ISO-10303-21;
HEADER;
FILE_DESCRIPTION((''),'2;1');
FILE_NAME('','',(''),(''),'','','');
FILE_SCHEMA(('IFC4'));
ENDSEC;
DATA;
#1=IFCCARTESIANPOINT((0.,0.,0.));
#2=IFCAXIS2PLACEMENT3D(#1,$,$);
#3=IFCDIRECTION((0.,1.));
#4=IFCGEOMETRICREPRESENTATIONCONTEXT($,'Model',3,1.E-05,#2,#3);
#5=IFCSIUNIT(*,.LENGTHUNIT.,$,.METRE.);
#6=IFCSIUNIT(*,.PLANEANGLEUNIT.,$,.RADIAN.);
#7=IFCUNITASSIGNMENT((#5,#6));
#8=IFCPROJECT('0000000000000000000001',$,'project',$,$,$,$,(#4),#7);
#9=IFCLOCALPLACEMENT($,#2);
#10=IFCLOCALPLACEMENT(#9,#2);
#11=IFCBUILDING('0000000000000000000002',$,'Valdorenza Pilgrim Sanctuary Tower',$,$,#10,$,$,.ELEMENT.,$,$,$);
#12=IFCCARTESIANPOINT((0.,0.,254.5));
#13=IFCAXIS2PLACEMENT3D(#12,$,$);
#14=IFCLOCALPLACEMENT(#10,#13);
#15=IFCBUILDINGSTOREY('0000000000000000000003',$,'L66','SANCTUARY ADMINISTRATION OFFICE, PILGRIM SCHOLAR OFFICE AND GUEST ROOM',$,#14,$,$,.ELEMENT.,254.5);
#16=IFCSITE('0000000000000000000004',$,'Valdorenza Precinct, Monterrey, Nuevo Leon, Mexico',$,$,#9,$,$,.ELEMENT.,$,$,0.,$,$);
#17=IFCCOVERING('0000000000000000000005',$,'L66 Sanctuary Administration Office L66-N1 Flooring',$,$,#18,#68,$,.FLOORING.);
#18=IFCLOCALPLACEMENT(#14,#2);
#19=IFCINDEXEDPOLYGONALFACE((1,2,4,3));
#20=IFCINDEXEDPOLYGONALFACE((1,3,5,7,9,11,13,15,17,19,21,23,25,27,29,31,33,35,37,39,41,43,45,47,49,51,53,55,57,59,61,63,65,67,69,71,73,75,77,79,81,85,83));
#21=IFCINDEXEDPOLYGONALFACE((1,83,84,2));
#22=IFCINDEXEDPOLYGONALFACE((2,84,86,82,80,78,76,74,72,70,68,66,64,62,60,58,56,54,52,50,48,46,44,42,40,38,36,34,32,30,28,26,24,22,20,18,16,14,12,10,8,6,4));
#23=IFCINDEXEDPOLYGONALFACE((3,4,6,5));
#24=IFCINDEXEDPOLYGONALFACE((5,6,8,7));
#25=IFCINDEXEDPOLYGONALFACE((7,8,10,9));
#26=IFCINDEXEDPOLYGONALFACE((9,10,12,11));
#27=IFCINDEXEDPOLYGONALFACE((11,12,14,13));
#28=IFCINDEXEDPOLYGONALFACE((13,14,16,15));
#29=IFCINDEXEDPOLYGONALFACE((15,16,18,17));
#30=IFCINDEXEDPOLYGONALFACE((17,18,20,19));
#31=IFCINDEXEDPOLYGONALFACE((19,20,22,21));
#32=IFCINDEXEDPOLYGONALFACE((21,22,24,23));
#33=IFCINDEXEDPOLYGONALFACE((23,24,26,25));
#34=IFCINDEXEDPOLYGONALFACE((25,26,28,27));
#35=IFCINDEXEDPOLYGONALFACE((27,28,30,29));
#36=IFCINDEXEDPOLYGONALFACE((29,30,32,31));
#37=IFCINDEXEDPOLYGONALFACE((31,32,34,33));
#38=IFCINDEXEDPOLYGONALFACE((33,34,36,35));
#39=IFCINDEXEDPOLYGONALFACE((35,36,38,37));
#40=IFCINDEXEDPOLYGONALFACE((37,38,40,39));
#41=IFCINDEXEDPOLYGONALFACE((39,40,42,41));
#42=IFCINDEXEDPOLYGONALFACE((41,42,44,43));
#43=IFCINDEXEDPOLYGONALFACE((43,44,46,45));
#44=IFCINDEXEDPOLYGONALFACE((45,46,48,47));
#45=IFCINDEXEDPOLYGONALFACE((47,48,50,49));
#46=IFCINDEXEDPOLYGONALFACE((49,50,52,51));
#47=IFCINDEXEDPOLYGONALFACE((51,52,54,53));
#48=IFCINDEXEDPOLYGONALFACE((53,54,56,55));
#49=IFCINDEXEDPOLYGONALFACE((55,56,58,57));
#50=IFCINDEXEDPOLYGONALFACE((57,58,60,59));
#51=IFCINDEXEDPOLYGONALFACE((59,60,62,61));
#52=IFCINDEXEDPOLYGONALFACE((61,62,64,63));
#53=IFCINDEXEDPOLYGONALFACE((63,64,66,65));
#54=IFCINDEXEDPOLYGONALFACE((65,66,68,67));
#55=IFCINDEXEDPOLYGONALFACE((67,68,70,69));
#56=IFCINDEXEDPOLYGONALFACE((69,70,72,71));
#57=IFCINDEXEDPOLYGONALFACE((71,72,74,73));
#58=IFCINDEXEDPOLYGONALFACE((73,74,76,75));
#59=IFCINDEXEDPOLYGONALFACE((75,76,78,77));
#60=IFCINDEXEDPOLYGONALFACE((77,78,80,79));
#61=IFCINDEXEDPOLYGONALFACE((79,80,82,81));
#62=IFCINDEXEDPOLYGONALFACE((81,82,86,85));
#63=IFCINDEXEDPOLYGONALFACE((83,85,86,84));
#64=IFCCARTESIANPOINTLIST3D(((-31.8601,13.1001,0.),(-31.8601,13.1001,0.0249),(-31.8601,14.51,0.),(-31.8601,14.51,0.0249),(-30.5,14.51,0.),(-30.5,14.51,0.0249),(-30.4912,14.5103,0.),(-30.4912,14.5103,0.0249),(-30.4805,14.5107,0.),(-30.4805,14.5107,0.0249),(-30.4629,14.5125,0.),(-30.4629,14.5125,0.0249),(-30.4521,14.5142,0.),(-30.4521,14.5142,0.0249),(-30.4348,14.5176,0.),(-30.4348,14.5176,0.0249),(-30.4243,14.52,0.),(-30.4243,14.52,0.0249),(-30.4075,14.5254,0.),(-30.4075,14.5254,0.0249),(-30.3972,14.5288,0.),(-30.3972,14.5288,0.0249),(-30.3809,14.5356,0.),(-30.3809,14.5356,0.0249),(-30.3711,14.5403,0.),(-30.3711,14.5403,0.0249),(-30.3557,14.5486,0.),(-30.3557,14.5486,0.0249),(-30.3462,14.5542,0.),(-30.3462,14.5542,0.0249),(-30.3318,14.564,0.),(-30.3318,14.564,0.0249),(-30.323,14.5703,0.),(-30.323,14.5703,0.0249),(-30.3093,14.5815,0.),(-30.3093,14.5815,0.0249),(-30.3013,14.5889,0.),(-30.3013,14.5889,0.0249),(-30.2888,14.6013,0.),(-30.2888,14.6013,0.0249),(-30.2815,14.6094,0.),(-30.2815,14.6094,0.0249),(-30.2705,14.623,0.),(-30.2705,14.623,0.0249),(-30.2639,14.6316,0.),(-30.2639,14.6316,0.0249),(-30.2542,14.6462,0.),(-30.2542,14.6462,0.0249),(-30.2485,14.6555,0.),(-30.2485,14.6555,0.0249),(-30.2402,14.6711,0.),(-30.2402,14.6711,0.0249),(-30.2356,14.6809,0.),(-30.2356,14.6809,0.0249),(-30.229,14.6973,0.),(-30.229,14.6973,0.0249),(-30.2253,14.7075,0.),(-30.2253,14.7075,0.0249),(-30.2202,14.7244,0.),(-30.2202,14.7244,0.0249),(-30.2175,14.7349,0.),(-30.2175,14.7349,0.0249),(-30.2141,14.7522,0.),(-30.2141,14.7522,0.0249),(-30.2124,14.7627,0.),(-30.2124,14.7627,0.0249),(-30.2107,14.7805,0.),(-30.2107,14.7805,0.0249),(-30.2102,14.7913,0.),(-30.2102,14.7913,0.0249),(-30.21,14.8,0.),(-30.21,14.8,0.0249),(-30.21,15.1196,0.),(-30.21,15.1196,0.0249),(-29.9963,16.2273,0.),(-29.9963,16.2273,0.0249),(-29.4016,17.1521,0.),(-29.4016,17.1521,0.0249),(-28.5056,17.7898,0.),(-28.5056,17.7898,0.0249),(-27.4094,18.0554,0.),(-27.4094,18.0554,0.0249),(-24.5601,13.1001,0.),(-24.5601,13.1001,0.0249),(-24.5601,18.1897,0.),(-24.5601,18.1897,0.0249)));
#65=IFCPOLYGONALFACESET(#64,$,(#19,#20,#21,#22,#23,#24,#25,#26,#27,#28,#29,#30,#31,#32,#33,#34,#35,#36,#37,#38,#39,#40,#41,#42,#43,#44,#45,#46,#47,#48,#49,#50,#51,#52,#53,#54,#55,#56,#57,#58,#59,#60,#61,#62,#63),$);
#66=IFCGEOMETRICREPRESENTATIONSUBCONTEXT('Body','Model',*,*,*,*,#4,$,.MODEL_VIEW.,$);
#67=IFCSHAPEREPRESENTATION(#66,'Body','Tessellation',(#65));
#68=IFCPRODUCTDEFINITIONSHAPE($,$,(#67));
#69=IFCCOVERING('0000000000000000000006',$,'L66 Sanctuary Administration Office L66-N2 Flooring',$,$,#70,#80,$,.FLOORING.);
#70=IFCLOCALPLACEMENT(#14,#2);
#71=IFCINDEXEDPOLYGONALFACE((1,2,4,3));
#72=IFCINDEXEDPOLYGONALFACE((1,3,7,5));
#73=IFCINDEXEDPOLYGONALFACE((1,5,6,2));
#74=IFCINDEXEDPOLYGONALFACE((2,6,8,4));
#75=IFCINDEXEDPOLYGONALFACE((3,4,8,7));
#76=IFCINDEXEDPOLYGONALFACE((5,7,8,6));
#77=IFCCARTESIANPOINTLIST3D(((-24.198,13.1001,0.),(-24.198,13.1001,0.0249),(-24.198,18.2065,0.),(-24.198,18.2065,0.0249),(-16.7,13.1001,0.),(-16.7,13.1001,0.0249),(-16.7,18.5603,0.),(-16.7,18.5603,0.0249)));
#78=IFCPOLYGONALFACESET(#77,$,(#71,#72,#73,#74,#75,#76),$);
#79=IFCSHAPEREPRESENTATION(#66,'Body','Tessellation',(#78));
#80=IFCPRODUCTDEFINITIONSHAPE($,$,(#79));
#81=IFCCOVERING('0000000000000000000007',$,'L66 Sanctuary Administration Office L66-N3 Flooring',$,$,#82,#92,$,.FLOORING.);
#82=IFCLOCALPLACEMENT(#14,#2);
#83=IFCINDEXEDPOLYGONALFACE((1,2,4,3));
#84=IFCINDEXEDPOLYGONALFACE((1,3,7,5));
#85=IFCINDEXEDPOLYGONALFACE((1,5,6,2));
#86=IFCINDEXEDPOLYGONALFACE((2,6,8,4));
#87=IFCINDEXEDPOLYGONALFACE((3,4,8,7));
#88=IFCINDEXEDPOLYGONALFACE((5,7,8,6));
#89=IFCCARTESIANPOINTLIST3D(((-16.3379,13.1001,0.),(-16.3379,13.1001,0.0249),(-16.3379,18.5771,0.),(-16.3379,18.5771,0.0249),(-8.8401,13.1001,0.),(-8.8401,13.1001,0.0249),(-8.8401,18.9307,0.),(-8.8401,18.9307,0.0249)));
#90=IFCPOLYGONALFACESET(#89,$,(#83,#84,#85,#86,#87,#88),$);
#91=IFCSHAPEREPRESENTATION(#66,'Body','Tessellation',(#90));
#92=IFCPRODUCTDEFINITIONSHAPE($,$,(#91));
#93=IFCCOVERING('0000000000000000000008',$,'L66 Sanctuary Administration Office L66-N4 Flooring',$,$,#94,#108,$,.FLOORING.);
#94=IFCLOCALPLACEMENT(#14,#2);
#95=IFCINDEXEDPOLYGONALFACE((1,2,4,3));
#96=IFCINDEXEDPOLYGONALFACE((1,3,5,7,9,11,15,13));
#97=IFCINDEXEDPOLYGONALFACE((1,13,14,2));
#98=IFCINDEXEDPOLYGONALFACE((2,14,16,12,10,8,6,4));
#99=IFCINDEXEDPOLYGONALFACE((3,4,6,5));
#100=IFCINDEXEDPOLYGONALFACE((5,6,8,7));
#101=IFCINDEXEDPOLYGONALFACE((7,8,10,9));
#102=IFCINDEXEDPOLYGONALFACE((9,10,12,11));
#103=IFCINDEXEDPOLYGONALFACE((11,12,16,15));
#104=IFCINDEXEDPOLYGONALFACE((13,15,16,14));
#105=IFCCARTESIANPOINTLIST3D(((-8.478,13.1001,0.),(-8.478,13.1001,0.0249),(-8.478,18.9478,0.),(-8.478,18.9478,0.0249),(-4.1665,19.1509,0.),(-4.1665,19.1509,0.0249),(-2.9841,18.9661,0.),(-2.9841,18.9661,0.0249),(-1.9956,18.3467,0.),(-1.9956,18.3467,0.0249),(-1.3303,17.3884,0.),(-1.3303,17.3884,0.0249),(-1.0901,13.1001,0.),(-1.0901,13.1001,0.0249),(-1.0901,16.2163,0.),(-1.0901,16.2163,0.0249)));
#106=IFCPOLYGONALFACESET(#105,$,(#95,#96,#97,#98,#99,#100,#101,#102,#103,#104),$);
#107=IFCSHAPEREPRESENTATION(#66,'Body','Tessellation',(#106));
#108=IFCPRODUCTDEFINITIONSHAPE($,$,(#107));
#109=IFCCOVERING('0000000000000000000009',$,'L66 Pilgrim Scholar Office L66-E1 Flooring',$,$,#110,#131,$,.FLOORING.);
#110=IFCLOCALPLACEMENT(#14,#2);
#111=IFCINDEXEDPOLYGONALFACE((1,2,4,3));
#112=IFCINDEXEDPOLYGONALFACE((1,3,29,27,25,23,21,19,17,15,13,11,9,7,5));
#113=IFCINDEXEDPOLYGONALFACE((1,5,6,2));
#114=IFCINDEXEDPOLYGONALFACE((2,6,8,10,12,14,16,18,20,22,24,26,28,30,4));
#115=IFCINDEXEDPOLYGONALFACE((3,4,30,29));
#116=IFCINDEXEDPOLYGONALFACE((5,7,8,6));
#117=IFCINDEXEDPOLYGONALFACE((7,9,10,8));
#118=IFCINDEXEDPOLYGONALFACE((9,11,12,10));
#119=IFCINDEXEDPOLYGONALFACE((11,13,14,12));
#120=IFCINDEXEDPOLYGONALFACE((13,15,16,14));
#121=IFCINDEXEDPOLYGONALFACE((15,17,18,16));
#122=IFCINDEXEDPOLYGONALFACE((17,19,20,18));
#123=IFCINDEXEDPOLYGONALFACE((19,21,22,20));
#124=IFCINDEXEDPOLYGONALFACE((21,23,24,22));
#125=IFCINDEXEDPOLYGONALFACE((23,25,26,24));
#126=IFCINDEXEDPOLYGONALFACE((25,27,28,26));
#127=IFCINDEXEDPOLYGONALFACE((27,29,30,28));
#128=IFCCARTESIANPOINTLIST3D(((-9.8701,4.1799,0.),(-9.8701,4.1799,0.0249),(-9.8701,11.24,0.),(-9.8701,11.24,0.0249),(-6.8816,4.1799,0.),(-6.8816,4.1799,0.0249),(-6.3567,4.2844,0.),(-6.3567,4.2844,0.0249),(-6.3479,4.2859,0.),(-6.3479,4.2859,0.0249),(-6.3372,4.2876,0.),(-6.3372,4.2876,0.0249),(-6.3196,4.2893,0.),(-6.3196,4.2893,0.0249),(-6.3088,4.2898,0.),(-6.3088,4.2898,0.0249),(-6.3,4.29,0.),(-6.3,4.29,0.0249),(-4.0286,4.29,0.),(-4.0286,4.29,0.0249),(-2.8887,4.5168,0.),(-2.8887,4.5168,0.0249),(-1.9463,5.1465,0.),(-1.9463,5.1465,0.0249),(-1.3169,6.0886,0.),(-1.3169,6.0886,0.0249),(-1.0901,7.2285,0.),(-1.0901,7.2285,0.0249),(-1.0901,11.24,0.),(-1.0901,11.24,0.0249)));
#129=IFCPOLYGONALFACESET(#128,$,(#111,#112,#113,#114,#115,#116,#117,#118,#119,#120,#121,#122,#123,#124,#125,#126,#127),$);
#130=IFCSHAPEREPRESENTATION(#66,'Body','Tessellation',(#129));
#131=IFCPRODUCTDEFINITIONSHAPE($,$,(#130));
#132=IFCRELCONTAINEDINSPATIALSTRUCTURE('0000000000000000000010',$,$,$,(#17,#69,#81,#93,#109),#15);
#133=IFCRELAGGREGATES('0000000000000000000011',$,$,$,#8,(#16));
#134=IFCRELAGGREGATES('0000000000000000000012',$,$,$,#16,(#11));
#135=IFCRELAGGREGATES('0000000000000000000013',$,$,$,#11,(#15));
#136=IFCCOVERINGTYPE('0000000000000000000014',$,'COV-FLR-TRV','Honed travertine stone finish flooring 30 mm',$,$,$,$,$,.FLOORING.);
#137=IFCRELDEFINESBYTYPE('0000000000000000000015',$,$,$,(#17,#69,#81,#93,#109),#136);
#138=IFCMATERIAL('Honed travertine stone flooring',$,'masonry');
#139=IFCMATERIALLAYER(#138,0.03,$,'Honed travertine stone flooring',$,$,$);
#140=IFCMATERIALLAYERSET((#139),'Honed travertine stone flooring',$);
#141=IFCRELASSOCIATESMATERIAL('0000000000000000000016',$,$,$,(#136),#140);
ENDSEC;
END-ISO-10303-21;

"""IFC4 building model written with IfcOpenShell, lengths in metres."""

from ifc_helpers import new_model, si_unit, direction, frame, origin, place, context, subcontext, project, spatial, polyline, outline, extrude, material, layer, layer_set, type_object, element, save


model = new_model("IFC4")

# Units and contexts
model_context = context("Model", 3, precision=1e-05, world=origin(), true_north=direction((0.0, 1.0)))
body_context = subcontext(model_context, "Body", "Model", "MODEL_VIEW")
ifc_project = project(units=[si_unit("LENGTHUNIT", "METRE"), si_unit("PLANEANGLEUNIT", "RADIAN")], contexts=[model_context])

# Site, building, storey
site_placement = place(None, origin())
site = spatial("IfcSite", under=ifc_project, at=site_placement, Name="Valdorenza Precinct, Monterrey, Nuevo Leon, Mexico", CompositionType="ELEMENT", RefElevation=0.0)
building_placement = place(site_placement, origin())
building = spatial("IfcBuilding", under=site, at=building_placement, Name="Valdorenza Pilgrim Sanctuary Tower", CompositionType="ELEMENT")
storey_placement = place(building_placement, frame((0.0, 0.0, 254.5)))
storey = spatial("IfcBuildingStorey", under=building, at=storey_placement, Name="L66", Description="SANCTUARY ADMINISTRATION OFFICE, PILGRIM SCHOLAR OFFICE AND GUEST ROOM", CompositionType="ELEMENT", Elevation=254.5)

# Coverings
ifc_material_1 = material(Name="Honed travertine stone flooring", Category="masonry")
ifc_layer_1 = layer(ifc_material_1, 0.03, Name="Honed travertine stone flooring")
ifc_layer_set_1 = layer_set([ifc_layer_1], Name="Honed travertine stone flooring")
covering_type_1 = type_object("IfcCoveringType", Name="COV-FLR-TRV", Description="Honed travertine stone finish flooring 30 mm", PredefinedType="FLOORING", material=ifc_layer_set_1)
covering_1_placement = place(storey_placement, origin())
element("IfcCovering", 1, at=covering_1_placement, inside=storey, type_object=covering_type_1, Name="L66 Sanctuary Administration Office L66-N1 Flooring", PredefinedType="FLOORING", context=body_context, shape_type="SweptSolid", body=[
    extrude(outline(polyline([(-31.8601, 13.1001), (-31.8601, 14.51), (-30.5, 14.51), (-30.4912, 14.5103), (-30.4805, 14.5107), (-30.4629, 14.5125), (-30.4521, 14.5142), (-30.4348, 14.5176), (-30.4243, 14.52), (-30.4075, 14.5254), (-30.3972, 14.5288), (-30.3809, 14.5356), (-30.3711, 14.5403), (-30.3557, 14.5486), (-30.3462, 14.5542), (-30.3318, 14.564), (-30.323, 14.5703), (-30.3093, 14.5815), (-30.3013, 14.5889), (-30.2888, 14.6013), (-30.2815, 14.6094), (-30.2705, 14.623), (-30.2639, 14.6316), (-30.2542, 14.6462), (-30.2485, 14.6555), (-30.2402, 14.6711), (-30.2356, 14.6809), (-30.229, 14.6973), (-30.2253, 14.7075), (-30.2202, 14.7244), (-30.2175, 14.7349), (-30.2141, 14.7522), (-30.2124, 14.7627), (-30.2107, 14.7805), (-30.2102, 14.7913), (-30.21, 14.8), (-30.21, 15.1196), (-29.9963, 16.2273), (-29.4016, 17.1521), (-28.5056, 17.7898), (-27.4094, 18.0554), (-24.5601, 18.1897), (-24.5601, 13.1001), (-31.8601, 13.1001)])), origin(), (0.0, 0.0, 1.0), 0.0249),
])
covering_2_placement = place(storey_placement, origin())
element("IfcCovering", 2, at=covering_2_placement, inside=storey, type_object=covering_type_1, Name="L66 Sanctuary Administration Office L66-N2 Flooring", PredefinedType="FLOORING", context=body_context, shape_type="SweptSolid", body=[
    extrude(outline(polyline([(-24.198, 13.1001), (-24.198, 18.2065), (-16.7, 18.5603), (-16.7, 13.1001), (-24.198, 13.1001)])), origin(), (0.0, 0.0, 1.0), 0.0249),
])
covering_3_placement = place(storey_placement, origin())
element("IfcCovering", 3, at=covering_3_placement, inside=storey, type_object=covering_type_1, Name="L66 Sanctuary Administration Office L66-N3 Flooring", PredefinedType="FLOORING", context=body_context, shape_type="SweptSolid", body=[
    extrude(outline(polyline([(-16.3379, 13.1001), (-16.3379, 18.5771), (-8.8401, 18.9307), (-8.8401, 13.1001), (-16.3379, 13.1001)])), origin(), (0.0, 0.0, 1.0), 0.0249),
])
covering_4_placement = place(storey_placement, origin())
element("IfcCovering", 4, at=covering_4_placement, inside=storey, type_object=covering_type_1, Name="L66 Sanctuary Administration Office L66-N4 Flooring", PredefinedType="FLOORING", context=body_context, shape_type="SweptSolid", body=[
    extrude(outline(polyline([(-4.1665, 19.1509), (-2.9841, 18.9661), (-1.9956, 18.3467), (-1.3303, 17.3884), (-1.0901, 16.2163), (-1.0901, 13.1001), (-8.478, 13.1001), (-8.478, 18.9478), (-4.1665, 19.1509)])), origin(), (0.0, 0.0, 1.0), 0.0249),
])
covering_5_placement = place(storey_placement, origin())
element("IfcCovering", 5, at=covering_5_placement, inside=storey, type_object=covering_type_1, Name="L66 Pilgrim Scholar Office L66-E1 Flooring", PredefinedType="FLOORING", context=body_context, shape_type="SweptSolid", body=[
    extrude(outline(polyline([(-9.8701, 11.24), (-1.0901, 11.24), (-1.0901, 7.2285), (-1.3169, 6.0886), (-1.9463, 5.1465), (-2.8887, 4.5168), (-4.0286, 4.29), (-6.3, 4.29), (-6.3088, 4.2898), (-6.3196, 4.2893), (-6.3372, 4.2876), (-6.3479, 4.2859), (-6.3567, 4.2844), (-6.8816, 4.1799), (-9.8701, 4.1799), (-9.8701, 11.24)])), origin(), (0.0, 0.0, 1.0), 0.0249),
])

save(model, "model.ifc")
